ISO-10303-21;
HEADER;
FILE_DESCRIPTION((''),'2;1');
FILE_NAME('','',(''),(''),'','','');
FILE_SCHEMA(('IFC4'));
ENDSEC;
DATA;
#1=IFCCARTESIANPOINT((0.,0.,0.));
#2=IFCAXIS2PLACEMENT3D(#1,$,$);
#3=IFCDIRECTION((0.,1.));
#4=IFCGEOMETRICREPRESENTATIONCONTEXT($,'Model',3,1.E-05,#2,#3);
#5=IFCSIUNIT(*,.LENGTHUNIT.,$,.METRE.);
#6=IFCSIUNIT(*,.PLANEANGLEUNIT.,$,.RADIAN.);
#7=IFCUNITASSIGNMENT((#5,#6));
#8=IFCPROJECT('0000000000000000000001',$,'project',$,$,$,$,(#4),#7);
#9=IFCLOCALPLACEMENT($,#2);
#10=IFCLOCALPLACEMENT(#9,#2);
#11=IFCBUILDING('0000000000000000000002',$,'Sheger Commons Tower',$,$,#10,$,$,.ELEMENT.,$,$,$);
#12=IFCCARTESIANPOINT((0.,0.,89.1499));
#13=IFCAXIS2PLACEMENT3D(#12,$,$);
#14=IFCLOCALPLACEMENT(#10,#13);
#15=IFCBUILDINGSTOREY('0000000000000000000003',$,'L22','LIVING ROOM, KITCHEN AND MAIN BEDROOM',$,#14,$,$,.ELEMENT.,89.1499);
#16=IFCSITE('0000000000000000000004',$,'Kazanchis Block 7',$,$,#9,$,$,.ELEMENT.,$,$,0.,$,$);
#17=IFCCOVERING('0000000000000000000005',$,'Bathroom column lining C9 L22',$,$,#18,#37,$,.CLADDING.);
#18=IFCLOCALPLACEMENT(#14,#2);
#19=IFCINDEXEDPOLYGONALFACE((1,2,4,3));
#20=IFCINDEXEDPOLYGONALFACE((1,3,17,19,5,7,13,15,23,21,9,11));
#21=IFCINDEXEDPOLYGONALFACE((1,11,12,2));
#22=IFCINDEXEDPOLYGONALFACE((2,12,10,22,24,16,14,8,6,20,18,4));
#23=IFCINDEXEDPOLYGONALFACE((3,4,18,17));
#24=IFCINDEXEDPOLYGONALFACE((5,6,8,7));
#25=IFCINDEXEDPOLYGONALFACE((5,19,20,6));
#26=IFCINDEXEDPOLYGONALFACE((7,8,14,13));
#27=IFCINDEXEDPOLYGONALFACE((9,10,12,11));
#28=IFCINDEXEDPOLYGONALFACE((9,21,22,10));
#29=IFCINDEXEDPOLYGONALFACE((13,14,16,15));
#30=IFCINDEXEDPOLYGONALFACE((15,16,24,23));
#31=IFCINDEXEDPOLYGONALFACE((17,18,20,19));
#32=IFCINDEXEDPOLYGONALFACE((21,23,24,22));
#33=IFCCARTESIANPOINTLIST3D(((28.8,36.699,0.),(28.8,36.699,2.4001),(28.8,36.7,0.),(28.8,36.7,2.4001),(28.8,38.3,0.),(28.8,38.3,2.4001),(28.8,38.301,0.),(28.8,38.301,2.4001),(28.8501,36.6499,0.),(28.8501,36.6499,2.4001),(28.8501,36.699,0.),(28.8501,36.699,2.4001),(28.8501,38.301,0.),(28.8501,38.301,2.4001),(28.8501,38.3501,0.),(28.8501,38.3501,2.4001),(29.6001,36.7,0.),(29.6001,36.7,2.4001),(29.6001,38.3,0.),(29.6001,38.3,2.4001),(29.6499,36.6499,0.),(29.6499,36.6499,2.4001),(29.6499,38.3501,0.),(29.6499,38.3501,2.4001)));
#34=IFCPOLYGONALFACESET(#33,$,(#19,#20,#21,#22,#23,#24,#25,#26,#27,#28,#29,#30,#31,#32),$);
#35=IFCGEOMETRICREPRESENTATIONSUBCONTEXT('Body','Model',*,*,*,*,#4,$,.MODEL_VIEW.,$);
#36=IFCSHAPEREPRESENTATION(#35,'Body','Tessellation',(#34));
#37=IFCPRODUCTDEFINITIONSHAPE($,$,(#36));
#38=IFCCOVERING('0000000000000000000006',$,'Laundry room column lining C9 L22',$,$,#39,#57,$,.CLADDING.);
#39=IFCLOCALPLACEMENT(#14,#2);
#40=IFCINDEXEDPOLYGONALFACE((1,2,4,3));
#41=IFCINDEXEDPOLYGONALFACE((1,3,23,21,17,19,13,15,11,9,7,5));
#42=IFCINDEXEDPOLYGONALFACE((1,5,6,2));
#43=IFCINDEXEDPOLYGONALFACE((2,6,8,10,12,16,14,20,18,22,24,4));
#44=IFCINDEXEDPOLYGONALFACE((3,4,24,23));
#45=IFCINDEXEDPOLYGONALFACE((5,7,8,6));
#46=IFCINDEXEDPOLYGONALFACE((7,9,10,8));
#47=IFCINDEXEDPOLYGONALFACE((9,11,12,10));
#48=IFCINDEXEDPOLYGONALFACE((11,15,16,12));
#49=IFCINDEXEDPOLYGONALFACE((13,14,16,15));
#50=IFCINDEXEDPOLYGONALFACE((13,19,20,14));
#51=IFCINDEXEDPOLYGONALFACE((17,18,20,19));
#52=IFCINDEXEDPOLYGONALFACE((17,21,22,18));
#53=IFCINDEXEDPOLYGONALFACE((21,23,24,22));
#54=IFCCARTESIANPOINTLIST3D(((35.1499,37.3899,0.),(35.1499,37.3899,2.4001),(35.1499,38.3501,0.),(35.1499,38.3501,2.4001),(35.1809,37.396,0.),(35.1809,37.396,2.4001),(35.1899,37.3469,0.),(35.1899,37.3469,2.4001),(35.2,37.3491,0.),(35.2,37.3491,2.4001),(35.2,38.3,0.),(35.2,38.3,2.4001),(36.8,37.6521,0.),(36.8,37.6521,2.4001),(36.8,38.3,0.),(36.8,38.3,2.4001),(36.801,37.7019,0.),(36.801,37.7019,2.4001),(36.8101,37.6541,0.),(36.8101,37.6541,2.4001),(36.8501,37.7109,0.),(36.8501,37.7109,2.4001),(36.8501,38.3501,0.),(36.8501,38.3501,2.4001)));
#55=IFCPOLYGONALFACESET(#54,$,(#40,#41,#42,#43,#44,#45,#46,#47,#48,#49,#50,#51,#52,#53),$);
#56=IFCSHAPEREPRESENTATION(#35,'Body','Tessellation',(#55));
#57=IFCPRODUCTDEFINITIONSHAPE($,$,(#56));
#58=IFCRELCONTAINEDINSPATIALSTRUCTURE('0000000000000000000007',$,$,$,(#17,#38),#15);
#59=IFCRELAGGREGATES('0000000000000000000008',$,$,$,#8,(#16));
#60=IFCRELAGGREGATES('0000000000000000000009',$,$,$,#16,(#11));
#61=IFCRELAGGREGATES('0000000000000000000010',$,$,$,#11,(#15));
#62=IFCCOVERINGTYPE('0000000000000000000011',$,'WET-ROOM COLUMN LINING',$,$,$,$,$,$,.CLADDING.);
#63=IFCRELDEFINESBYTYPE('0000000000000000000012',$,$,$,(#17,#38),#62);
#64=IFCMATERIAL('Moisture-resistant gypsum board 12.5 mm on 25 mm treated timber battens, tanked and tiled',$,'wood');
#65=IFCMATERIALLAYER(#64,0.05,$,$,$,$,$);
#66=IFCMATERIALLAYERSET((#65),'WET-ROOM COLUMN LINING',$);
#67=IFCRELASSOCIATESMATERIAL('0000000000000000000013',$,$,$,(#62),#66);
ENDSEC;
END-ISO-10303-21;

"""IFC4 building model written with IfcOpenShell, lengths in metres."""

from ifc_helpers import new_model, si_unit, direction, frame, origin, place, context, subcontext, project, spatial, polyline, outline, extrude, material, layer, layer_set, type_object, element, save


model = new_model("IFC4")

# Units and contexts
model_context = context("Model", 3, precision=1e-05, world=origin(), true_north=direction((0.0, 1.0)))
body_context = subcontext(model_context, "Body", "Model", "MODEL_VIEW")
ifc_project = project(units=[si_unit("LENGTHUNIT", "METRE"), si_unit("PLANEANGLEUNIT", "RADIAN")], contexts=[model_context])

# Site, building, storey
site_placement = place(None, origin())
site = spatial("IfcSite", under=ifc_project, at=site_placement, Name="Kazanchis Block 7", CompositionType="ELEMENT", RefElevation=0.0)
building_placement = place(site_placement, origin())
building = spatial("IfcBuilding", under=site, at=building_placement, Name="Sheger Commons Tower", CompositionType="ELEMENT")
storey_placement = place(building_placement, frame((0.0, 0.0, 89.1499)))
storey = spatial("IfcBuildingStorey", under=building, at=storey_placement, Name="L22", Description="LIVING ROOM, KITCHEN AND MAIN BEDROOM", CompositionType="ELEMENT", Elevation=89.1499)

# Coverings
ifc_material_1 = material(Name="Moisture-resistant gypsum board 12.5 mm on 25 mm treated timber battens, tanked and tiled", Category="wood")
ifc_layer_1 = layer(ifc_material_1, 0.05)
ifc_layer_set_1 = layer_set([ifc_layer_1], Name="WET-ROOM COLUMN LINING")
covering_type_1 = type_object("IfcCoveringType", Name="WET-ROOM COLUMN LINING", PredefinedType="CLADDING", material=ifc_layer_set_1)
covering_1_placement = place(storey_placement, origin())
element("IfcCovering", 1, at=covering_1_placement, inside=storey, type_object=covering_type_1, Name="Bathroom column lining C9 L22", PredefinedType="CLADDING", context=body_context, shape_type="SweptSolid", body=[
    extrude(outline(polyline([(29.6499, 36.6499), (28.8501, 36.6499), (28.8501, 36.699), (28.8, 36.699), (28.8, 36.7), (29.6001, 36.7), (29.6001, 38.3), (28.8, 38.3), (28.8, 38.301), (28.8501, 38.301), (28.8501, 38.3501), (29.6499, 38.3501), (29.6499, 36.6499)])), origin(), (0.0, 0.0, 1.0), 2.4001),
])
covering_2_placement = place(storey_placement, origin())
element("IfcCovering", 2, at=covering_2_placement, inside=storey, type_object=covering_type_1, Name="Laundry room column lining C9 L22", PredefinedType="CLADDING", context=body_context, shape_type="SweptSolid", body=[
    extrude(outline(polyline([(36.8501, 38.3501), (36.8501, 37.7109), (36.801, 37.7019), (36.8101, 37.6541), (36.8, 37.6521), (36.8, 38.3), (35.2, 38.3), (35.2, 37.3491), (35.1899, 37.3469), (35.1809, 37.396), (35.1499, 37.3899), (35.1499, 38.3501), (36.8501, 38.3501)])), origin(), (0.0, 0.0, 1.0), 2.4001),
])

save(model, "model.ifc")
